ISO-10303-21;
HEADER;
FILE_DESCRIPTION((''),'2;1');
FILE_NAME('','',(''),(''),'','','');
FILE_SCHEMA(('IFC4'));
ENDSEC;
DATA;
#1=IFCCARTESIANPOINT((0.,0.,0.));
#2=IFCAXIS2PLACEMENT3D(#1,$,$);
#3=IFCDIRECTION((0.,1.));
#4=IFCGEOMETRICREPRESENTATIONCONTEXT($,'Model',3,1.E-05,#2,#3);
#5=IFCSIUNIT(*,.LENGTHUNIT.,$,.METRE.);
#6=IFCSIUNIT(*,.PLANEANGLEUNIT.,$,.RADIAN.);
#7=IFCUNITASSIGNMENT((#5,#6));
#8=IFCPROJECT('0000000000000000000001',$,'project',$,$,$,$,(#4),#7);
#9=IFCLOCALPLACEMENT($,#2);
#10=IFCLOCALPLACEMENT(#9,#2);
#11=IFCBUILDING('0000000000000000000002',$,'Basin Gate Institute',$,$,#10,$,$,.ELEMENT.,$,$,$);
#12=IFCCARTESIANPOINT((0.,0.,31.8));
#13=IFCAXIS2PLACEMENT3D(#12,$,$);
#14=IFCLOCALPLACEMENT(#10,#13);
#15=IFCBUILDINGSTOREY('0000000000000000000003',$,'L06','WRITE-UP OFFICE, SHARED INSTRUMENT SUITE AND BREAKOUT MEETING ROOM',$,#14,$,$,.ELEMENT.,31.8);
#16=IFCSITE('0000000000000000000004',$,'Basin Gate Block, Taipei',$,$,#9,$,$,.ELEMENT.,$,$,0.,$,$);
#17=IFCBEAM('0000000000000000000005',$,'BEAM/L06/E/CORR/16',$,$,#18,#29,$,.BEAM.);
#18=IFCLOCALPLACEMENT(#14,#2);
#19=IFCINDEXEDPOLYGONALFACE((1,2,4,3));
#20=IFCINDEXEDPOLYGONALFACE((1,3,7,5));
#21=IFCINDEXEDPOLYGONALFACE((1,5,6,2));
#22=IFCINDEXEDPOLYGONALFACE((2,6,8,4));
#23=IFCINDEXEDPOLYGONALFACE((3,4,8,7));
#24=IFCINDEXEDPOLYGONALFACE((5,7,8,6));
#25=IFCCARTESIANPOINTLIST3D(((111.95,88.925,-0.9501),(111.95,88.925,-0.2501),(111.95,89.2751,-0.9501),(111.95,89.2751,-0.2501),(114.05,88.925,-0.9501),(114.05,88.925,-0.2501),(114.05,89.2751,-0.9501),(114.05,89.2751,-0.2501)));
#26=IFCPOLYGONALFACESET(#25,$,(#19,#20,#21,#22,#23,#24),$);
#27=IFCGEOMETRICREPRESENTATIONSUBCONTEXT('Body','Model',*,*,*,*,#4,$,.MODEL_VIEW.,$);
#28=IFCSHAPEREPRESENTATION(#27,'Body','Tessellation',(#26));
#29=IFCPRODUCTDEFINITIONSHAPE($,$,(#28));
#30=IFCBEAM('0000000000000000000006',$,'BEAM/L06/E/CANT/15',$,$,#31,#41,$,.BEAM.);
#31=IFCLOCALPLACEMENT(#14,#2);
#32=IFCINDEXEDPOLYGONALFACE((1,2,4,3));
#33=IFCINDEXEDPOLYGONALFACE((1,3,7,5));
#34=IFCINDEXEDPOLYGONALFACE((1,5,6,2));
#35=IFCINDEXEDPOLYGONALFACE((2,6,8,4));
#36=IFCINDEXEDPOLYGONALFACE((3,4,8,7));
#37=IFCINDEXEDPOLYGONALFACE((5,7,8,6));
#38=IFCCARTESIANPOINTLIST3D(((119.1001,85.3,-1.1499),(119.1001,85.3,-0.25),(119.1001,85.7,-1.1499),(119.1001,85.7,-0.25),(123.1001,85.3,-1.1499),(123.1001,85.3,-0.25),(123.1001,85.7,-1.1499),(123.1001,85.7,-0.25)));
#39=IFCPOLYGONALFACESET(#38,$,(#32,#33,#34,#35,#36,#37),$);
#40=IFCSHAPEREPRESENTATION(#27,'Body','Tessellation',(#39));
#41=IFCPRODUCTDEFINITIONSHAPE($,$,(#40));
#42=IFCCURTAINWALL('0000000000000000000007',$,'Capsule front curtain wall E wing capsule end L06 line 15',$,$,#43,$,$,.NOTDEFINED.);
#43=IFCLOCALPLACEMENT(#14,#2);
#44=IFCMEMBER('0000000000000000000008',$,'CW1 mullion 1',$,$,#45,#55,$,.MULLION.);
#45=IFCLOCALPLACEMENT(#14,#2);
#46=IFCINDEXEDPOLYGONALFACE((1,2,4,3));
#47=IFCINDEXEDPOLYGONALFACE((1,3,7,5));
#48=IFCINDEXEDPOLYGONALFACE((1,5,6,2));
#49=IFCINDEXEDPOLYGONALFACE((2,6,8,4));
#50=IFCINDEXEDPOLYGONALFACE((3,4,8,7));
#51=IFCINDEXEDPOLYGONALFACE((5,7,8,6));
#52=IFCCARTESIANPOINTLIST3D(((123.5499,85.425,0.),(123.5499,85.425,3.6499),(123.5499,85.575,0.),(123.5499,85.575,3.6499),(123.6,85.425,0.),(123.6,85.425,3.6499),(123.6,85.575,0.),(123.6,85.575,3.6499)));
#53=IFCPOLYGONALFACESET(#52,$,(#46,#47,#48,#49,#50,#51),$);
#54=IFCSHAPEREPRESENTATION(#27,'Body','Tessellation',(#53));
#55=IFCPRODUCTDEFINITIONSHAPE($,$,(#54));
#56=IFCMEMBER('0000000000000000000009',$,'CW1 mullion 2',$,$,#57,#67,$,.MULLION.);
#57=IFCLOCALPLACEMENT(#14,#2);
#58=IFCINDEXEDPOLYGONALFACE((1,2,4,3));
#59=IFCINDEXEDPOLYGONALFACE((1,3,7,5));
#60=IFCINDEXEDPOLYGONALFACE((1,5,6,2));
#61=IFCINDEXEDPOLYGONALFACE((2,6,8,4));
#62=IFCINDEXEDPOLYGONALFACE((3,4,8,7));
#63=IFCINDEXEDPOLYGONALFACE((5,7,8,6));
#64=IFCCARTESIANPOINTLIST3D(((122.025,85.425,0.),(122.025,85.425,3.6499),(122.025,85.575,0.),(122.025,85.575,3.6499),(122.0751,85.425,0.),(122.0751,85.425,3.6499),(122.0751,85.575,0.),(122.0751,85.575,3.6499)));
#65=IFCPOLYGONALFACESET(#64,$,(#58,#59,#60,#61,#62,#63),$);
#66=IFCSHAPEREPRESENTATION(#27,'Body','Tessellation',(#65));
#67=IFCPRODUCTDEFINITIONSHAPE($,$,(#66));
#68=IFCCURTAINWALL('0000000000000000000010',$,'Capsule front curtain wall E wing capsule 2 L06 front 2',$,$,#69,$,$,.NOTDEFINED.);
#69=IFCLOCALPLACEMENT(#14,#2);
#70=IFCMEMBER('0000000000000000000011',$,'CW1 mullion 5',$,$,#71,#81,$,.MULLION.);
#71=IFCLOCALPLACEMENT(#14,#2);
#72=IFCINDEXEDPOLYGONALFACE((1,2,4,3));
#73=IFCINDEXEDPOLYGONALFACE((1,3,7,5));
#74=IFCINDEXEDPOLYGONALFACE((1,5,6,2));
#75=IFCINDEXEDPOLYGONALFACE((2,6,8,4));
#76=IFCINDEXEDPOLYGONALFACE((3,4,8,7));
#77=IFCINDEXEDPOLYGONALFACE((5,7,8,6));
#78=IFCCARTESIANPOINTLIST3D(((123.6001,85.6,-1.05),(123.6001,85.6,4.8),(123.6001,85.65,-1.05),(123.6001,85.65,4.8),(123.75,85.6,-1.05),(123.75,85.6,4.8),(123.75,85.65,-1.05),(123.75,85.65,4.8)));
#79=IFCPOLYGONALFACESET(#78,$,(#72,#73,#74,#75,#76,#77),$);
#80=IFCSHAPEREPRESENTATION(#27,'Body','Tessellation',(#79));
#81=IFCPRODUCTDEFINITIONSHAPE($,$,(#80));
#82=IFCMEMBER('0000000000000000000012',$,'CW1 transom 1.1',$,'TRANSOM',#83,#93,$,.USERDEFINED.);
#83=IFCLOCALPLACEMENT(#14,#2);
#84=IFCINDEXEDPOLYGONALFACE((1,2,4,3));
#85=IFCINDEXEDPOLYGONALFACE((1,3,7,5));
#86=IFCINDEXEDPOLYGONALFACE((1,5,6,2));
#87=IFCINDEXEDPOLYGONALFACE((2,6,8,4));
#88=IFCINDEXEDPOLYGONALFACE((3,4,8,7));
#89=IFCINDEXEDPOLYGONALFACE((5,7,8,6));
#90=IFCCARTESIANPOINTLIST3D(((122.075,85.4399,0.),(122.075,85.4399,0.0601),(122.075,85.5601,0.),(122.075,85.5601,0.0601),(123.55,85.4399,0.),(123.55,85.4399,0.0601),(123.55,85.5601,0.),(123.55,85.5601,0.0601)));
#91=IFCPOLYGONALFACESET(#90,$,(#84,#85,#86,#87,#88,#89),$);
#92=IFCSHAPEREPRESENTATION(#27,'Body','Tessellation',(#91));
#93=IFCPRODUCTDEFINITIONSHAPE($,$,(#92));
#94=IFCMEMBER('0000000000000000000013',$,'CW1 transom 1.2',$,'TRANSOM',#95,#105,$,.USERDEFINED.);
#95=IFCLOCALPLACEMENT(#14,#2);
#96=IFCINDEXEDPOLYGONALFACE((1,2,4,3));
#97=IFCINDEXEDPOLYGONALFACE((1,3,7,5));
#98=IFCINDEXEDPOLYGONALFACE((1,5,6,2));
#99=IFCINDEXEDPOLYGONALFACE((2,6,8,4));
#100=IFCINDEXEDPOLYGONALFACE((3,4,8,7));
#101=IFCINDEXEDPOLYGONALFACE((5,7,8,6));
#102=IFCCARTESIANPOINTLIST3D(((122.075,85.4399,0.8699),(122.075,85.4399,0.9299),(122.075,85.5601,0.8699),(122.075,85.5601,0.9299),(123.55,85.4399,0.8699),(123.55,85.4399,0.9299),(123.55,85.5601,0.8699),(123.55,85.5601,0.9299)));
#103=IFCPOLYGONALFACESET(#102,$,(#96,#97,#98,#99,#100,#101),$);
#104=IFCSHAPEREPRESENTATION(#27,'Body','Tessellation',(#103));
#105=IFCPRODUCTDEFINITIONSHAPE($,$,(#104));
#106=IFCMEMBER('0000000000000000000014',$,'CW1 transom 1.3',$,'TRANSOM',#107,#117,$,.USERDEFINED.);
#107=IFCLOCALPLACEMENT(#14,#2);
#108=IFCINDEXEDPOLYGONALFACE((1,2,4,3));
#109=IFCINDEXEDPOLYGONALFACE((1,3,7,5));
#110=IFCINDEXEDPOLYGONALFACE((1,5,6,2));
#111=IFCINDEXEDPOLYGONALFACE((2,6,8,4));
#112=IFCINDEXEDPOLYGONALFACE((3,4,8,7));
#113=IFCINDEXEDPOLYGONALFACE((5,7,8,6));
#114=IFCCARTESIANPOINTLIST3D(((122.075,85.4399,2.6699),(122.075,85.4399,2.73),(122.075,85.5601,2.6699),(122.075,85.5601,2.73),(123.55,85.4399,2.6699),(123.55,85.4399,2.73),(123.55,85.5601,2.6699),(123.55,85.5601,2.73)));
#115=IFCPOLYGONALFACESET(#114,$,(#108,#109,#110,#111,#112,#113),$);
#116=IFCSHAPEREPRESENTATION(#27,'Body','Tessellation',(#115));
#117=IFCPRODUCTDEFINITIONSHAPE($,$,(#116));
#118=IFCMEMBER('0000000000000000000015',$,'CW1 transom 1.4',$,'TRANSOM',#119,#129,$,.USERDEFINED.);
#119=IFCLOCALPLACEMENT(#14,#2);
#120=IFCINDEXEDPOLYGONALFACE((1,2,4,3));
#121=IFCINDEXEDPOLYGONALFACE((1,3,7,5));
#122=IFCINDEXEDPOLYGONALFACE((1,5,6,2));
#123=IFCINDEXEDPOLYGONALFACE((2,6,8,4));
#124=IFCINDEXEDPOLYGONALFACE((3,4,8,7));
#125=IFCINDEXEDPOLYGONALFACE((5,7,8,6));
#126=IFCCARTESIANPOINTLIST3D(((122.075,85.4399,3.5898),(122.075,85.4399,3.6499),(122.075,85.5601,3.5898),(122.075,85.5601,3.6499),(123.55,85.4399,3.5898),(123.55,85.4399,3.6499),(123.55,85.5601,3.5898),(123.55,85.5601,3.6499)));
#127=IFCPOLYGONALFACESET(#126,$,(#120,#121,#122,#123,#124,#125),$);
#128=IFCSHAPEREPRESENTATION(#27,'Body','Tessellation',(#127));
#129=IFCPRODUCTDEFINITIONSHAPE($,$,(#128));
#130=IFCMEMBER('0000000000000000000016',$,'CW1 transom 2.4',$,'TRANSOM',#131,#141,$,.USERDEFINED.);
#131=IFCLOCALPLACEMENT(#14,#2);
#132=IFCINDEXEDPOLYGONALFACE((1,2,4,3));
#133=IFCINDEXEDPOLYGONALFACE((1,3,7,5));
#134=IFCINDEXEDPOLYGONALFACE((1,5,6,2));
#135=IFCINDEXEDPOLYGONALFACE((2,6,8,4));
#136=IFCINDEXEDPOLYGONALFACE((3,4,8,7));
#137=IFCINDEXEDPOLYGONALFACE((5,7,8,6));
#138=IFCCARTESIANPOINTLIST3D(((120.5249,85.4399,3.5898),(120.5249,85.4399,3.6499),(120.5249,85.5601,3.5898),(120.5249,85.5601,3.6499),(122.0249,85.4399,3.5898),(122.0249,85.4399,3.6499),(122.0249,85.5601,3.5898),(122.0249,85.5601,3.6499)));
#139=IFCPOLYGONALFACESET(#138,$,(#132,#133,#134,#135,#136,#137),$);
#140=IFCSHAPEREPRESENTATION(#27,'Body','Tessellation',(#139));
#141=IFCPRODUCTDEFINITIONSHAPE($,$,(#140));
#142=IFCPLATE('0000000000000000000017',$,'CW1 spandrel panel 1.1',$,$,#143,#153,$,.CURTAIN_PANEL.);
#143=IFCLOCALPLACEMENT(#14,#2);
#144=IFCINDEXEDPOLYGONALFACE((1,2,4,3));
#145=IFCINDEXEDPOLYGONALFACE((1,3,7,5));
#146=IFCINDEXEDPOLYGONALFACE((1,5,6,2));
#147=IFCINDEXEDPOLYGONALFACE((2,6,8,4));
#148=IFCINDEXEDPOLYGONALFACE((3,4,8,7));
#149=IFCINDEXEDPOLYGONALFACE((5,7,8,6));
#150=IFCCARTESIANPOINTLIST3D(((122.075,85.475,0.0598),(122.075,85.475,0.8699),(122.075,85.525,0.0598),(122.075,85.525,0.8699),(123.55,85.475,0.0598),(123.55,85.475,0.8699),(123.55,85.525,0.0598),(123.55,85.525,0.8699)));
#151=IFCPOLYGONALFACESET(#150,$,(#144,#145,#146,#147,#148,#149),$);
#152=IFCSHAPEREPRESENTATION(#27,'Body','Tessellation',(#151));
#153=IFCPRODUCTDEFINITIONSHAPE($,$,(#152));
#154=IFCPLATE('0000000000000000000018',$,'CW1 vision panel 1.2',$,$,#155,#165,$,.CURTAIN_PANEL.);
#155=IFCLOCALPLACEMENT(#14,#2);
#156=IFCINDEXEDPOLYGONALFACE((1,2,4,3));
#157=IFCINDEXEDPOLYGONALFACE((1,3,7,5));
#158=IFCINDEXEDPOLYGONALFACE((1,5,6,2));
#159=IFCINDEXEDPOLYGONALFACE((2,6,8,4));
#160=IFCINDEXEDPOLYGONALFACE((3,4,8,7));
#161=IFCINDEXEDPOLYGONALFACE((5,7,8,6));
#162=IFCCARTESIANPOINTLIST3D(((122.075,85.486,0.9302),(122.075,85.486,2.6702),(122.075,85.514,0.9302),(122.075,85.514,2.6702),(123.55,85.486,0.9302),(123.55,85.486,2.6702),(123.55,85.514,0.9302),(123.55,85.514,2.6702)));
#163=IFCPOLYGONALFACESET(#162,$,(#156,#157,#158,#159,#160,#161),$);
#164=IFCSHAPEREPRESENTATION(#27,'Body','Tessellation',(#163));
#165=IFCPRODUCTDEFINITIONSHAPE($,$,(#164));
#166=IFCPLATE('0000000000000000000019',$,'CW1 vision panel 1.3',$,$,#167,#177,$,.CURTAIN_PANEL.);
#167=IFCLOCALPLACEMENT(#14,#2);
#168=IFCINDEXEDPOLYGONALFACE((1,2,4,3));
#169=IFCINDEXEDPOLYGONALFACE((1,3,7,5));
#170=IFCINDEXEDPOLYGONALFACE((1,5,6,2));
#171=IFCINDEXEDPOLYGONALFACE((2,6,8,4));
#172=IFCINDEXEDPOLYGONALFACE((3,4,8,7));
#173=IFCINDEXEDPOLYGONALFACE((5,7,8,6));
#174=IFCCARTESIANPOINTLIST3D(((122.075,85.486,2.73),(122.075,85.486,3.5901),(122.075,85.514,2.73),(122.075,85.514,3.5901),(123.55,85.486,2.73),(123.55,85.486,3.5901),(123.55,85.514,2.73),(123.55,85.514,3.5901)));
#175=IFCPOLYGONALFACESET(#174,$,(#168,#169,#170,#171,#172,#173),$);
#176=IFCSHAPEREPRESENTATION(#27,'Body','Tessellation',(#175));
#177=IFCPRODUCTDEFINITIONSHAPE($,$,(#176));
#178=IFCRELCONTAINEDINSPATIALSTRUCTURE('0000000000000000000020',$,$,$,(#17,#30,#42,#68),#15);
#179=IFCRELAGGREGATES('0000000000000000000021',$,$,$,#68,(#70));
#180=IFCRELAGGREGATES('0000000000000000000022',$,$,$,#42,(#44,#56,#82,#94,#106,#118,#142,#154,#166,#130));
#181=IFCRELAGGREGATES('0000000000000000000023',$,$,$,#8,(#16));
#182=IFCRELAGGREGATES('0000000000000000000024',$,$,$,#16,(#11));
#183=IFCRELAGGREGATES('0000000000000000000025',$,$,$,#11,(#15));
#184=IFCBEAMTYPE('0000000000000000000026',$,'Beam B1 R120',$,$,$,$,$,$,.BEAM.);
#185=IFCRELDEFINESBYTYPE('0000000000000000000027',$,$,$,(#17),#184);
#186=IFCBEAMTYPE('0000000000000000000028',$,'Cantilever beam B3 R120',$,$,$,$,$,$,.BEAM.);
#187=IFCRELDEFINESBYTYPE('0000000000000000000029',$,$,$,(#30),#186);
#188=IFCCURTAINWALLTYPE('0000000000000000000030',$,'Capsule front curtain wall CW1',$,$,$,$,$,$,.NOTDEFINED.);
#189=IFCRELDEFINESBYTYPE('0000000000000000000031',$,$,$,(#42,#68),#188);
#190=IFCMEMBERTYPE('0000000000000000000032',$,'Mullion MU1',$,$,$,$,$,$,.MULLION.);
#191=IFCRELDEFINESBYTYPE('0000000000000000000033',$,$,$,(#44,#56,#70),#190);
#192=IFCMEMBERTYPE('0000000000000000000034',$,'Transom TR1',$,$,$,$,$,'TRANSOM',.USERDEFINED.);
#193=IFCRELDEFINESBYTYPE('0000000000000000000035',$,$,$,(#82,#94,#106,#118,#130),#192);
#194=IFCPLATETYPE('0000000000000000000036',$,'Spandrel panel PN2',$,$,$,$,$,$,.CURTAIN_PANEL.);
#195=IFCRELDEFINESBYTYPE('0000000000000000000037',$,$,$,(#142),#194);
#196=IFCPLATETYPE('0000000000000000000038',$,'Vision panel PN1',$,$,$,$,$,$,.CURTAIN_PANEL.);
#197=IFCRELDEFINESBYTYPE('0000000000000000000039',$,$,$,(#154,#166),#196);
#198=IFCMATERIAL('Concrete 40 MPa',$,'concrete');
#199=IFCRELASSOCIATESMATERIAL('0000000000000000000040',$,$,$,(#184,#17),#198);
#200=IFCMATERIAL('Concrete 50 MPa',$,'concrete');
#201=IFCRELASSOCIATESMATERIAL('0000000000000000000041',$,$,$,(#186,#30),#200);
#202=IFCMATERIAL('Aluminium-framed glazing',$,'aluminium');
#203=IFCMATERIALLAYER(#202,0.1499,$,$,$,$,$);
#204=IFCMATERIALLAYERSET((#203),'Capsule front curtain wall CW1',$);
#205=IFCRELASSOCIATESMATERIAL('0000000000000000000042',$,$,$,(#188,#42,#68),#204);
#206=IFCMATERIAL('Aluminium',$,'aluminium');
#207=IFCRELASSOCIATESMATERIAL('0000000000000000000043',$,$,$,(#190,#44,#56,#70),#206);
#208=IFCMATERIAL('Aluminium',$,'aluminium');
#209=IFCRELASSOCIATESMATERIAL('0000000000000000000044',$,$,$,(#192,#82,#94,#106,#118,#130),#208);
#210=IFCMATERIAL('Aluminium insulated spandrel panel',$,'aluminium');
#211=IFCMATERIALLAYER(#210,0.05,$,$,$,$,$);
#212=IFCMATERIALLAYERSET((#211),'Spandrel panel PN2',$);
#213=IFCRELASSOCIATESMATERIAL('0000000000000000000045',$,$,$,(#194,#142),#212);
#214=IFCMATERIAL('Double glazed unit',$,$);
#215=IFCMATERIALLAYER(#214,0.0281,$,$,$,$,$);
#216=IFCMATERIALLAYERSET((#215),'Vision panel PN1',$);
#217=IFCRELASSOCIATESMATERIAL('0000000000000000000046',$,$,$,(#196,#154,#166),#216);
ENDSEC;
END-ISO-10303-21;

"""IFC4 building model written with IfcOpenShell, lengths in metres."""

from ifc_helpers import new_model, si_unit, direction, frame, origin, origin_2d, place, context, subcontext, project, spatial, rectangle, extrude, material, layer, layer_set, material_profile, profile_set, type_object, element, aggregate, save


model = new_model("IFC4")

# Units and contexts
model_context = context("Model", 3, precision=1e-05, world=origin(), true_north=direction((0.0, 1.0)))
body_context = subcontext(model_context, "Body", "Model", "MODEL_VIEW")
ifc_project = project(units=[si_unit("LENGTHUNIT", "METRE"), si_unit("PLANEANGLEUNIT", "RADIAN")], contexts=[model_context])

# Site, building, storey
site_placement = place(None, origin())
site = spatial("IfcSite", under=ifc_project, at=site_placement, Name="Basin Gate Block, Taipei", CompositionType="ELEMENT", RefElevation=0.0)
building_placement = place(site_placement, origin())
building = spatial("IfcBuilding", under=site, at=building_placement, Name="Basin Gate Institute", CompositionType="ELEMENT")
storey_placement = place(building_placement, frame((0.0, 0.0, 31.8)))
storey = spatial("IfcBuildingStorey", under=building, at=storey_placement, Name="L06", Description="WRITE-UP OFFICE, SHARED INSTRUMENT SUITE AND BREAKOUT MEETING ROOM", CompositionType="ELEMENT", Elevation=31.8)

# Beams
ifc_material_1 = material(Name="Concrete 40 MPa", Category="concrete")
ifc_material_profile_1 = material_profile(ifc_material_1, rectangle(XDim=0.3501, YDim=0.7, at=origin_2d()), Name="Beam B1 350 x 700")
ifc_profile_set_1 = profile_set([ifc_material_profile_1], Name="Concrete 40 MPa")
beam_type_1 = type_object("IfcBeamType", Name="Beam B1 R120", PredefinedType="BEAM", material=ifc_profile_set_1)
beam_1_placement = place(storey_placement, frame((114.05, 89.1001, -0.6001), z_axis=(-1.0, 0.0, 0.0), x_axis=(0.0, -1.0, 0.0)))
element("IfcBeam", 1, at=beam_1_placement, inside=storey, type_object=beam_type_1, material=ifc_profile_set_1, Name="BEAM/L06/E/CORR/16", PredefinedType="BEAM", context=body_context, shape_type="SweptSolid", body=[
    extrude(rectangle(XDim=0.3501, YDim=0.7, at=origin_2d()), origin(), (0.0, 0.0, 1.0), 2.1001),
])
ifc_material_2 = material(Name="Concrete 50 MPa", Category="concrete")
ifc_material_profile_2 = material_profile(ifc_material_2, rectangle(XDim=0.3999, YDim=0.8999, at=origin_2d()), Name="Cantilever beam B3 400 x 900")
ifc_profile_set_2 = profile_set([ifc_material_profile_2], Name="Concrete 50 MPa")
beam_type_2 = type_object("IfcBeamType", Name="Cantilever beam B3 R120", PredefinedType="BEAM", material=ifc_profile_set_2)
beam_2_placement = place(storey_placement, frame((123.1001, 85.5, -0.7), z_axis=(-1.0, 0.0, 0.0), x_axis=(0.0, -1.0, 0.0)))
element("IfcBeam", 2, at=beam_2_placement, inside=storey, type_object=beam_type_2, material=ifc_profile_set_2, Name="BEAM/L06/E/CANT/15", PredefinedType="BEAM", context=body_context, shape_type="SweptSolid", body=[
    extrude(rectangle(XDim=0.3999, YDim=0.8999, at=origin_2d()), origin(), (0.0, 0.0, 1.0), 4.0),
])

# Curtain wall, members
ifc_material_3 = material(Name="Aluminium-framed glazing", Category="aluminium")
ifc_layer_1 = layer(ifc_material_3, 0.1499)
ifc_layer_set_1 = layer_set([ifc_layer_1], Name="Capsule front curtain wall CW1")
curtain_wall_type = type_object("IfcCurtainWallType", Name="Capsule front curtain wall CW1", PredefinedType="NOTDEFINED", material=ifc_layer_set_1)
curtain_wall_1_placement = place(storey_placement, origin())
curtain_wall_1 = element("IfcCurtainWall", 3, at=curtain_wall_1_placement, inside=storey, type_object=curtain_wall_type, material=ifc_layer_set_1, Name="Capsule front curtain wall E wing capsule end L06 line 15", PredefinedType="NOTDEFINED")
ifc_material_4 = material(Name="Aluminium", Category="aluminium")
ifc_material_profile_3 = material_profile(ifc_material_4, rectangle(XDim=0.1499, YDim=0.05, at=origin_2d()), Name="Mullion MU1 150 x 50")
ifc_profile_set_3 = profile_set([ifc_material_profile_3], Name="Aluminium")
member_type_1 = type_object("IfcMemberType", Name="Mullion MU1", PredefinedType="MULLION", material=ifc_profile_set_3)
member_1_placement = place(storey_placement, frame((123.575, 85.5, 0.0), z_axis=(0.0, 0.0, 1.0), x_axis=(0.0, -1.0, 0.0)))
member_1 = element("IfcMember", 4, at=member_1_placement, type_object=member_type_1, material=ifc_profile_set_3, Name="CW1 mullion 1", PredefinedType="MULLION", context=body_context, shape_type="SweptSolid", body=[
    extrude(rectangle(XDim=0.1499, YDim=0.05, at=origin_2d()), origin(), (0.0, 0.0, 1.0), 3.6499),
])
member_2_placement = place(storey_placement, frame((122.05, 85.5, 0.0), z_axis=(0.0, 0.0, 1.0), x_axis=(0.0, -1.0, 0.0)))
member_2 = element("IfcMember", 5, at=member_2_placement, type_object=member_type_1, material=ifc_profile_set_3, Name="CW1 mullion 2", PredefinedType="MULLION", context=body_context, shape_type="SweptSolid", body=[
    extrude(rectangle(XDim=0.1499, YDim=0.05, at=origin_2d()), origin(), (0.0, 0.0, 1.0), 3.6499),
])

# Curtain wall, member
curtain_wall_2_placement = place(storey_placement, origin())
curtain_wall_2 = element("IfcCurtainWall", 6, at=curtain_wall_2_placement, inside=storey, type_object=curtain_wall_type, material=ifc_layer_set_1, Name="Capsule front curtain wall E wing capsule 2 L06 front 2", PredefinedType="NOTDEFINED")
member_3_placement = place(storey_placement, frame((123.675, 85.625, -1.05), z_axis=(0.0, 0.0, 1.0), x_axis=(-1.0, 0.0, 0.0)))
member_3 = element("IfcMember", 7, at=member_3_placement, type_object=member_type_1, material=ifc_profile_set_3, Name="CW1 mullion 5", PredefinedType="MULLION", context=body_context, shape_type="SweptSolid", body=[
    extrude(rectangle(XDim=0.1499, YDim=0.05, at=origin_2d()), origin(), (0.0, 0.0, 1.0), 5.8501),
])
aggregate(curtain_wall_2, [member_3])

# Members
ifc_material_5 = material(Name="Aluminium", Category="aluminium")
ifc_material_profile_4 = material_profile(ifc_material_5, rectangle(XDim=0.1201, YDim=0.0601, at=origin_2d()), Name="Transom TR1 120 x 60")
ifc_profile_set_4 = profile_set([ifc_material_profile_4], Name="Aluminium")
member_type_2 = type_object("IfcMemberType", Name="Transom TR1", ElementType="TRANSOM", PredefinedType="USERDEFINED", material=ifc_profile_set_4)
member_4_placement = place(storey_placement, frame((123.55, 85.5, 0.03), z_axis=(-1.0, 0.0, 0.0), x_axis=(0.0, -1.0, 0.0)))
member_4 = element("IfcMember", 8, at=member_4_placement, type_object=member_type_2, material=ifc_profile_set_4, Name="CW1 transom 1.1", ObjectType="TRANSOM", PredefinedType="USERDEFINED", context=body_context, shape_type="SweptSolid", body=[
    extrude(rectangle(XDim=0.1201, YDim=0.0601, at=origin_2d()), origin(), (0.0, 0.0, 1.0), 1.4751),
])
member_5_placement = place(storey_placement, frame((123.55, 85.5, 0.8999), z_axis=(-1.0, 0.0, 0.0), x_axis=(0.0, -1.0, 0.0)))
member_5 = element("IfcMember", 9, at=member_5_placement, type_object=member_type_2, material=ifc_profile_set_4, Name="CW1 transom 1.2", ObjectType="TRANSOM", PredefinedType="USERDEFINED", context=body_context, shape_type="SweptSolid", body=[
    extrude(rectangle(XDim=0.1201, YDim=0.0601, at=origin_2d()), origin(), (0.0, 0.0, 1.0), 1.4751),
])
member_6_placement = place(storey_placement, frame((123.55, 85.5, 2.7), z_axis=(-1.0, 0.0, 0.0), x_axis=(0.0, -1.0, 0.0)))
member_6 = element("IfcMember", 10, at=member_6_placement, type_object=member_type_2, material=ifc_profile_set_4, Name="CW1 transom 1.3", ObjectType="TRANSOM", PredefinedType="USERDEFINED", context=body_context, shape_type="SweptSolid", body=[
    extrude(rectangle(XDim=0.1201, YDim=0.0601, at=origin_2d()), origin(), (0.0, 0.0, 1.0), 1.4751),
])
member_7_placement = place(storey_placement, frame((123.55, 85.5, 3.6199), z_axis=(-1.0, 0.0, 0.0), x_axis=(0.0, -1.0, 0.0)))
member_7 = element("IfcMember", 11, at=member_7_placement, type_object=member_type_2, material=ifc_profile_set_4, Name="CW1 transom 1.4", ObjectType="TRANSOM", PredefinedType="USERDEFINED", context=body_context, shape_type="SweptSolid", body=[
    extrude(rectangle(XDim=0.1201, YDim=0.0601, at=origin_2d()), origin(), (0.0, 0.0, 1.0), 1.4751),
])
member_8_placement = place(storey_placement, frame((122.0249, 85.5, 3.6199), z_axis=(-1.0, 0.0, 0.0), x_axis=(0.0, -1.0, 0.0)))
member_8 = element("IfcMember", 12, at=member_8_placement, type_object=member_type_2, material=ifc_profile_set_4, Name="CW1 transom 2.4", ObjectType="TRANSOM", PredefinedType="USERDEFINED", context=body_context, shape_type="SweptSolid", body=[
    extrude(rectangle(XDim=0.1201, YDim=0.0601, at=origin_2d()), origin(), (0.0, 0.0, 1.0), 1.5),
])

# Plates
ifc_material_6 = material(Name="Aluminium insulated spandrel panel", Category="aluminium")
ifc_layer_2 = layer(ifc_material_6, 0.05)
ifc_layer_set_2 = layer_set([ifc_layer_2], Name="Spandrel panel PN2")
plate_type_1 = type_object("IfcPlateType", Name="Spandrel panel PN2", PredefinedType="CURTAIN_PANEL", material=ifc_layer_set_2)
plate_1_placement = place(storey_placement, frame((122.8125, 85.5, 0.0598), z_axis=(0.0, 0.0, 1.0), x_axis=(-1.0, 0.0, 0.0)))
plate_1 = element("IfcPlate", 13, at=plate_1_placement, type_object=plate_type_1, material=ifc_layer_set_2, Name="CW1 spandrel panel 1.1", PredefinedType="CURTAIN_PANEL", context=body_context, shape_type="SweptSolid", body=[
    extrude(rectangle(XDim=1.4751, YDim=0.05, at=origin_2d()), origin(), (0.0, 0.0, 1.0), 0.8101),
])
ifc_material_7 = material(Name="Double glazed unit")
ifc_layer_3 = layer(ifc_material_7, 0.0281)
ifc_layer_set_3 = layer_set([ifc_layer_3], Name="Vision panel PN1")
plate_type_2 = type_object("IfcPlateType", Name="Vision panel PN1", PredefinedType="CURTAIN_PANEL", material=ifc_layer_set_3)
plate_2_placement = place(storey_placement, frame((122.8125, 85.5, 0.9302), z_axis=(0.0, 0.0, 1.0), x_axis=(-1.0, 0.0, 0.0)))
plate_2 = element("IfcPlate", 14, at=plate_2_placement, type_object=plate_type_2, material=ifc_layer_set_3, Name="CW1 vision panel 1.2", PredefinedType="CURTAIN_PANEL", context=body_context, shape_type="SweptSolid", body=[
    extrude(rectangle(XDim=1.4751, YDim=0.0281, at=origin_2d()), origin(), (0.0, 0.0, 1.0), 1.74),
])
plate_3_placement = place(storey_placement, frame((122.8125, 85.5, 2.73), z_axis=(0.0, 0.0, 1.0), x_axis=(-1.0, 0.0, 0.0)))
plate_3 = element("IfcPlate", 15, at=plate_3_placement, type_object=plate_type_2, material=ifc_layer_set_3, Name="CW1 vision panel 1.3", PredefinedType="CURTAIN_PANEL", context=body_context, shape_type="SweptSolid", body=[
    extrude(rectangle(XDim=1.4751, YDim=0.0281, at=origin_2d()), origin(), (0.0, 0.0, 1.0), 0.8601),
])
aggregate(curtain_wall_1, [member_1, member_2, member_4, member_5, member_6, member_7, plate_1, plate_2, plate_3, member_8])

save(model, "model.ifc")
